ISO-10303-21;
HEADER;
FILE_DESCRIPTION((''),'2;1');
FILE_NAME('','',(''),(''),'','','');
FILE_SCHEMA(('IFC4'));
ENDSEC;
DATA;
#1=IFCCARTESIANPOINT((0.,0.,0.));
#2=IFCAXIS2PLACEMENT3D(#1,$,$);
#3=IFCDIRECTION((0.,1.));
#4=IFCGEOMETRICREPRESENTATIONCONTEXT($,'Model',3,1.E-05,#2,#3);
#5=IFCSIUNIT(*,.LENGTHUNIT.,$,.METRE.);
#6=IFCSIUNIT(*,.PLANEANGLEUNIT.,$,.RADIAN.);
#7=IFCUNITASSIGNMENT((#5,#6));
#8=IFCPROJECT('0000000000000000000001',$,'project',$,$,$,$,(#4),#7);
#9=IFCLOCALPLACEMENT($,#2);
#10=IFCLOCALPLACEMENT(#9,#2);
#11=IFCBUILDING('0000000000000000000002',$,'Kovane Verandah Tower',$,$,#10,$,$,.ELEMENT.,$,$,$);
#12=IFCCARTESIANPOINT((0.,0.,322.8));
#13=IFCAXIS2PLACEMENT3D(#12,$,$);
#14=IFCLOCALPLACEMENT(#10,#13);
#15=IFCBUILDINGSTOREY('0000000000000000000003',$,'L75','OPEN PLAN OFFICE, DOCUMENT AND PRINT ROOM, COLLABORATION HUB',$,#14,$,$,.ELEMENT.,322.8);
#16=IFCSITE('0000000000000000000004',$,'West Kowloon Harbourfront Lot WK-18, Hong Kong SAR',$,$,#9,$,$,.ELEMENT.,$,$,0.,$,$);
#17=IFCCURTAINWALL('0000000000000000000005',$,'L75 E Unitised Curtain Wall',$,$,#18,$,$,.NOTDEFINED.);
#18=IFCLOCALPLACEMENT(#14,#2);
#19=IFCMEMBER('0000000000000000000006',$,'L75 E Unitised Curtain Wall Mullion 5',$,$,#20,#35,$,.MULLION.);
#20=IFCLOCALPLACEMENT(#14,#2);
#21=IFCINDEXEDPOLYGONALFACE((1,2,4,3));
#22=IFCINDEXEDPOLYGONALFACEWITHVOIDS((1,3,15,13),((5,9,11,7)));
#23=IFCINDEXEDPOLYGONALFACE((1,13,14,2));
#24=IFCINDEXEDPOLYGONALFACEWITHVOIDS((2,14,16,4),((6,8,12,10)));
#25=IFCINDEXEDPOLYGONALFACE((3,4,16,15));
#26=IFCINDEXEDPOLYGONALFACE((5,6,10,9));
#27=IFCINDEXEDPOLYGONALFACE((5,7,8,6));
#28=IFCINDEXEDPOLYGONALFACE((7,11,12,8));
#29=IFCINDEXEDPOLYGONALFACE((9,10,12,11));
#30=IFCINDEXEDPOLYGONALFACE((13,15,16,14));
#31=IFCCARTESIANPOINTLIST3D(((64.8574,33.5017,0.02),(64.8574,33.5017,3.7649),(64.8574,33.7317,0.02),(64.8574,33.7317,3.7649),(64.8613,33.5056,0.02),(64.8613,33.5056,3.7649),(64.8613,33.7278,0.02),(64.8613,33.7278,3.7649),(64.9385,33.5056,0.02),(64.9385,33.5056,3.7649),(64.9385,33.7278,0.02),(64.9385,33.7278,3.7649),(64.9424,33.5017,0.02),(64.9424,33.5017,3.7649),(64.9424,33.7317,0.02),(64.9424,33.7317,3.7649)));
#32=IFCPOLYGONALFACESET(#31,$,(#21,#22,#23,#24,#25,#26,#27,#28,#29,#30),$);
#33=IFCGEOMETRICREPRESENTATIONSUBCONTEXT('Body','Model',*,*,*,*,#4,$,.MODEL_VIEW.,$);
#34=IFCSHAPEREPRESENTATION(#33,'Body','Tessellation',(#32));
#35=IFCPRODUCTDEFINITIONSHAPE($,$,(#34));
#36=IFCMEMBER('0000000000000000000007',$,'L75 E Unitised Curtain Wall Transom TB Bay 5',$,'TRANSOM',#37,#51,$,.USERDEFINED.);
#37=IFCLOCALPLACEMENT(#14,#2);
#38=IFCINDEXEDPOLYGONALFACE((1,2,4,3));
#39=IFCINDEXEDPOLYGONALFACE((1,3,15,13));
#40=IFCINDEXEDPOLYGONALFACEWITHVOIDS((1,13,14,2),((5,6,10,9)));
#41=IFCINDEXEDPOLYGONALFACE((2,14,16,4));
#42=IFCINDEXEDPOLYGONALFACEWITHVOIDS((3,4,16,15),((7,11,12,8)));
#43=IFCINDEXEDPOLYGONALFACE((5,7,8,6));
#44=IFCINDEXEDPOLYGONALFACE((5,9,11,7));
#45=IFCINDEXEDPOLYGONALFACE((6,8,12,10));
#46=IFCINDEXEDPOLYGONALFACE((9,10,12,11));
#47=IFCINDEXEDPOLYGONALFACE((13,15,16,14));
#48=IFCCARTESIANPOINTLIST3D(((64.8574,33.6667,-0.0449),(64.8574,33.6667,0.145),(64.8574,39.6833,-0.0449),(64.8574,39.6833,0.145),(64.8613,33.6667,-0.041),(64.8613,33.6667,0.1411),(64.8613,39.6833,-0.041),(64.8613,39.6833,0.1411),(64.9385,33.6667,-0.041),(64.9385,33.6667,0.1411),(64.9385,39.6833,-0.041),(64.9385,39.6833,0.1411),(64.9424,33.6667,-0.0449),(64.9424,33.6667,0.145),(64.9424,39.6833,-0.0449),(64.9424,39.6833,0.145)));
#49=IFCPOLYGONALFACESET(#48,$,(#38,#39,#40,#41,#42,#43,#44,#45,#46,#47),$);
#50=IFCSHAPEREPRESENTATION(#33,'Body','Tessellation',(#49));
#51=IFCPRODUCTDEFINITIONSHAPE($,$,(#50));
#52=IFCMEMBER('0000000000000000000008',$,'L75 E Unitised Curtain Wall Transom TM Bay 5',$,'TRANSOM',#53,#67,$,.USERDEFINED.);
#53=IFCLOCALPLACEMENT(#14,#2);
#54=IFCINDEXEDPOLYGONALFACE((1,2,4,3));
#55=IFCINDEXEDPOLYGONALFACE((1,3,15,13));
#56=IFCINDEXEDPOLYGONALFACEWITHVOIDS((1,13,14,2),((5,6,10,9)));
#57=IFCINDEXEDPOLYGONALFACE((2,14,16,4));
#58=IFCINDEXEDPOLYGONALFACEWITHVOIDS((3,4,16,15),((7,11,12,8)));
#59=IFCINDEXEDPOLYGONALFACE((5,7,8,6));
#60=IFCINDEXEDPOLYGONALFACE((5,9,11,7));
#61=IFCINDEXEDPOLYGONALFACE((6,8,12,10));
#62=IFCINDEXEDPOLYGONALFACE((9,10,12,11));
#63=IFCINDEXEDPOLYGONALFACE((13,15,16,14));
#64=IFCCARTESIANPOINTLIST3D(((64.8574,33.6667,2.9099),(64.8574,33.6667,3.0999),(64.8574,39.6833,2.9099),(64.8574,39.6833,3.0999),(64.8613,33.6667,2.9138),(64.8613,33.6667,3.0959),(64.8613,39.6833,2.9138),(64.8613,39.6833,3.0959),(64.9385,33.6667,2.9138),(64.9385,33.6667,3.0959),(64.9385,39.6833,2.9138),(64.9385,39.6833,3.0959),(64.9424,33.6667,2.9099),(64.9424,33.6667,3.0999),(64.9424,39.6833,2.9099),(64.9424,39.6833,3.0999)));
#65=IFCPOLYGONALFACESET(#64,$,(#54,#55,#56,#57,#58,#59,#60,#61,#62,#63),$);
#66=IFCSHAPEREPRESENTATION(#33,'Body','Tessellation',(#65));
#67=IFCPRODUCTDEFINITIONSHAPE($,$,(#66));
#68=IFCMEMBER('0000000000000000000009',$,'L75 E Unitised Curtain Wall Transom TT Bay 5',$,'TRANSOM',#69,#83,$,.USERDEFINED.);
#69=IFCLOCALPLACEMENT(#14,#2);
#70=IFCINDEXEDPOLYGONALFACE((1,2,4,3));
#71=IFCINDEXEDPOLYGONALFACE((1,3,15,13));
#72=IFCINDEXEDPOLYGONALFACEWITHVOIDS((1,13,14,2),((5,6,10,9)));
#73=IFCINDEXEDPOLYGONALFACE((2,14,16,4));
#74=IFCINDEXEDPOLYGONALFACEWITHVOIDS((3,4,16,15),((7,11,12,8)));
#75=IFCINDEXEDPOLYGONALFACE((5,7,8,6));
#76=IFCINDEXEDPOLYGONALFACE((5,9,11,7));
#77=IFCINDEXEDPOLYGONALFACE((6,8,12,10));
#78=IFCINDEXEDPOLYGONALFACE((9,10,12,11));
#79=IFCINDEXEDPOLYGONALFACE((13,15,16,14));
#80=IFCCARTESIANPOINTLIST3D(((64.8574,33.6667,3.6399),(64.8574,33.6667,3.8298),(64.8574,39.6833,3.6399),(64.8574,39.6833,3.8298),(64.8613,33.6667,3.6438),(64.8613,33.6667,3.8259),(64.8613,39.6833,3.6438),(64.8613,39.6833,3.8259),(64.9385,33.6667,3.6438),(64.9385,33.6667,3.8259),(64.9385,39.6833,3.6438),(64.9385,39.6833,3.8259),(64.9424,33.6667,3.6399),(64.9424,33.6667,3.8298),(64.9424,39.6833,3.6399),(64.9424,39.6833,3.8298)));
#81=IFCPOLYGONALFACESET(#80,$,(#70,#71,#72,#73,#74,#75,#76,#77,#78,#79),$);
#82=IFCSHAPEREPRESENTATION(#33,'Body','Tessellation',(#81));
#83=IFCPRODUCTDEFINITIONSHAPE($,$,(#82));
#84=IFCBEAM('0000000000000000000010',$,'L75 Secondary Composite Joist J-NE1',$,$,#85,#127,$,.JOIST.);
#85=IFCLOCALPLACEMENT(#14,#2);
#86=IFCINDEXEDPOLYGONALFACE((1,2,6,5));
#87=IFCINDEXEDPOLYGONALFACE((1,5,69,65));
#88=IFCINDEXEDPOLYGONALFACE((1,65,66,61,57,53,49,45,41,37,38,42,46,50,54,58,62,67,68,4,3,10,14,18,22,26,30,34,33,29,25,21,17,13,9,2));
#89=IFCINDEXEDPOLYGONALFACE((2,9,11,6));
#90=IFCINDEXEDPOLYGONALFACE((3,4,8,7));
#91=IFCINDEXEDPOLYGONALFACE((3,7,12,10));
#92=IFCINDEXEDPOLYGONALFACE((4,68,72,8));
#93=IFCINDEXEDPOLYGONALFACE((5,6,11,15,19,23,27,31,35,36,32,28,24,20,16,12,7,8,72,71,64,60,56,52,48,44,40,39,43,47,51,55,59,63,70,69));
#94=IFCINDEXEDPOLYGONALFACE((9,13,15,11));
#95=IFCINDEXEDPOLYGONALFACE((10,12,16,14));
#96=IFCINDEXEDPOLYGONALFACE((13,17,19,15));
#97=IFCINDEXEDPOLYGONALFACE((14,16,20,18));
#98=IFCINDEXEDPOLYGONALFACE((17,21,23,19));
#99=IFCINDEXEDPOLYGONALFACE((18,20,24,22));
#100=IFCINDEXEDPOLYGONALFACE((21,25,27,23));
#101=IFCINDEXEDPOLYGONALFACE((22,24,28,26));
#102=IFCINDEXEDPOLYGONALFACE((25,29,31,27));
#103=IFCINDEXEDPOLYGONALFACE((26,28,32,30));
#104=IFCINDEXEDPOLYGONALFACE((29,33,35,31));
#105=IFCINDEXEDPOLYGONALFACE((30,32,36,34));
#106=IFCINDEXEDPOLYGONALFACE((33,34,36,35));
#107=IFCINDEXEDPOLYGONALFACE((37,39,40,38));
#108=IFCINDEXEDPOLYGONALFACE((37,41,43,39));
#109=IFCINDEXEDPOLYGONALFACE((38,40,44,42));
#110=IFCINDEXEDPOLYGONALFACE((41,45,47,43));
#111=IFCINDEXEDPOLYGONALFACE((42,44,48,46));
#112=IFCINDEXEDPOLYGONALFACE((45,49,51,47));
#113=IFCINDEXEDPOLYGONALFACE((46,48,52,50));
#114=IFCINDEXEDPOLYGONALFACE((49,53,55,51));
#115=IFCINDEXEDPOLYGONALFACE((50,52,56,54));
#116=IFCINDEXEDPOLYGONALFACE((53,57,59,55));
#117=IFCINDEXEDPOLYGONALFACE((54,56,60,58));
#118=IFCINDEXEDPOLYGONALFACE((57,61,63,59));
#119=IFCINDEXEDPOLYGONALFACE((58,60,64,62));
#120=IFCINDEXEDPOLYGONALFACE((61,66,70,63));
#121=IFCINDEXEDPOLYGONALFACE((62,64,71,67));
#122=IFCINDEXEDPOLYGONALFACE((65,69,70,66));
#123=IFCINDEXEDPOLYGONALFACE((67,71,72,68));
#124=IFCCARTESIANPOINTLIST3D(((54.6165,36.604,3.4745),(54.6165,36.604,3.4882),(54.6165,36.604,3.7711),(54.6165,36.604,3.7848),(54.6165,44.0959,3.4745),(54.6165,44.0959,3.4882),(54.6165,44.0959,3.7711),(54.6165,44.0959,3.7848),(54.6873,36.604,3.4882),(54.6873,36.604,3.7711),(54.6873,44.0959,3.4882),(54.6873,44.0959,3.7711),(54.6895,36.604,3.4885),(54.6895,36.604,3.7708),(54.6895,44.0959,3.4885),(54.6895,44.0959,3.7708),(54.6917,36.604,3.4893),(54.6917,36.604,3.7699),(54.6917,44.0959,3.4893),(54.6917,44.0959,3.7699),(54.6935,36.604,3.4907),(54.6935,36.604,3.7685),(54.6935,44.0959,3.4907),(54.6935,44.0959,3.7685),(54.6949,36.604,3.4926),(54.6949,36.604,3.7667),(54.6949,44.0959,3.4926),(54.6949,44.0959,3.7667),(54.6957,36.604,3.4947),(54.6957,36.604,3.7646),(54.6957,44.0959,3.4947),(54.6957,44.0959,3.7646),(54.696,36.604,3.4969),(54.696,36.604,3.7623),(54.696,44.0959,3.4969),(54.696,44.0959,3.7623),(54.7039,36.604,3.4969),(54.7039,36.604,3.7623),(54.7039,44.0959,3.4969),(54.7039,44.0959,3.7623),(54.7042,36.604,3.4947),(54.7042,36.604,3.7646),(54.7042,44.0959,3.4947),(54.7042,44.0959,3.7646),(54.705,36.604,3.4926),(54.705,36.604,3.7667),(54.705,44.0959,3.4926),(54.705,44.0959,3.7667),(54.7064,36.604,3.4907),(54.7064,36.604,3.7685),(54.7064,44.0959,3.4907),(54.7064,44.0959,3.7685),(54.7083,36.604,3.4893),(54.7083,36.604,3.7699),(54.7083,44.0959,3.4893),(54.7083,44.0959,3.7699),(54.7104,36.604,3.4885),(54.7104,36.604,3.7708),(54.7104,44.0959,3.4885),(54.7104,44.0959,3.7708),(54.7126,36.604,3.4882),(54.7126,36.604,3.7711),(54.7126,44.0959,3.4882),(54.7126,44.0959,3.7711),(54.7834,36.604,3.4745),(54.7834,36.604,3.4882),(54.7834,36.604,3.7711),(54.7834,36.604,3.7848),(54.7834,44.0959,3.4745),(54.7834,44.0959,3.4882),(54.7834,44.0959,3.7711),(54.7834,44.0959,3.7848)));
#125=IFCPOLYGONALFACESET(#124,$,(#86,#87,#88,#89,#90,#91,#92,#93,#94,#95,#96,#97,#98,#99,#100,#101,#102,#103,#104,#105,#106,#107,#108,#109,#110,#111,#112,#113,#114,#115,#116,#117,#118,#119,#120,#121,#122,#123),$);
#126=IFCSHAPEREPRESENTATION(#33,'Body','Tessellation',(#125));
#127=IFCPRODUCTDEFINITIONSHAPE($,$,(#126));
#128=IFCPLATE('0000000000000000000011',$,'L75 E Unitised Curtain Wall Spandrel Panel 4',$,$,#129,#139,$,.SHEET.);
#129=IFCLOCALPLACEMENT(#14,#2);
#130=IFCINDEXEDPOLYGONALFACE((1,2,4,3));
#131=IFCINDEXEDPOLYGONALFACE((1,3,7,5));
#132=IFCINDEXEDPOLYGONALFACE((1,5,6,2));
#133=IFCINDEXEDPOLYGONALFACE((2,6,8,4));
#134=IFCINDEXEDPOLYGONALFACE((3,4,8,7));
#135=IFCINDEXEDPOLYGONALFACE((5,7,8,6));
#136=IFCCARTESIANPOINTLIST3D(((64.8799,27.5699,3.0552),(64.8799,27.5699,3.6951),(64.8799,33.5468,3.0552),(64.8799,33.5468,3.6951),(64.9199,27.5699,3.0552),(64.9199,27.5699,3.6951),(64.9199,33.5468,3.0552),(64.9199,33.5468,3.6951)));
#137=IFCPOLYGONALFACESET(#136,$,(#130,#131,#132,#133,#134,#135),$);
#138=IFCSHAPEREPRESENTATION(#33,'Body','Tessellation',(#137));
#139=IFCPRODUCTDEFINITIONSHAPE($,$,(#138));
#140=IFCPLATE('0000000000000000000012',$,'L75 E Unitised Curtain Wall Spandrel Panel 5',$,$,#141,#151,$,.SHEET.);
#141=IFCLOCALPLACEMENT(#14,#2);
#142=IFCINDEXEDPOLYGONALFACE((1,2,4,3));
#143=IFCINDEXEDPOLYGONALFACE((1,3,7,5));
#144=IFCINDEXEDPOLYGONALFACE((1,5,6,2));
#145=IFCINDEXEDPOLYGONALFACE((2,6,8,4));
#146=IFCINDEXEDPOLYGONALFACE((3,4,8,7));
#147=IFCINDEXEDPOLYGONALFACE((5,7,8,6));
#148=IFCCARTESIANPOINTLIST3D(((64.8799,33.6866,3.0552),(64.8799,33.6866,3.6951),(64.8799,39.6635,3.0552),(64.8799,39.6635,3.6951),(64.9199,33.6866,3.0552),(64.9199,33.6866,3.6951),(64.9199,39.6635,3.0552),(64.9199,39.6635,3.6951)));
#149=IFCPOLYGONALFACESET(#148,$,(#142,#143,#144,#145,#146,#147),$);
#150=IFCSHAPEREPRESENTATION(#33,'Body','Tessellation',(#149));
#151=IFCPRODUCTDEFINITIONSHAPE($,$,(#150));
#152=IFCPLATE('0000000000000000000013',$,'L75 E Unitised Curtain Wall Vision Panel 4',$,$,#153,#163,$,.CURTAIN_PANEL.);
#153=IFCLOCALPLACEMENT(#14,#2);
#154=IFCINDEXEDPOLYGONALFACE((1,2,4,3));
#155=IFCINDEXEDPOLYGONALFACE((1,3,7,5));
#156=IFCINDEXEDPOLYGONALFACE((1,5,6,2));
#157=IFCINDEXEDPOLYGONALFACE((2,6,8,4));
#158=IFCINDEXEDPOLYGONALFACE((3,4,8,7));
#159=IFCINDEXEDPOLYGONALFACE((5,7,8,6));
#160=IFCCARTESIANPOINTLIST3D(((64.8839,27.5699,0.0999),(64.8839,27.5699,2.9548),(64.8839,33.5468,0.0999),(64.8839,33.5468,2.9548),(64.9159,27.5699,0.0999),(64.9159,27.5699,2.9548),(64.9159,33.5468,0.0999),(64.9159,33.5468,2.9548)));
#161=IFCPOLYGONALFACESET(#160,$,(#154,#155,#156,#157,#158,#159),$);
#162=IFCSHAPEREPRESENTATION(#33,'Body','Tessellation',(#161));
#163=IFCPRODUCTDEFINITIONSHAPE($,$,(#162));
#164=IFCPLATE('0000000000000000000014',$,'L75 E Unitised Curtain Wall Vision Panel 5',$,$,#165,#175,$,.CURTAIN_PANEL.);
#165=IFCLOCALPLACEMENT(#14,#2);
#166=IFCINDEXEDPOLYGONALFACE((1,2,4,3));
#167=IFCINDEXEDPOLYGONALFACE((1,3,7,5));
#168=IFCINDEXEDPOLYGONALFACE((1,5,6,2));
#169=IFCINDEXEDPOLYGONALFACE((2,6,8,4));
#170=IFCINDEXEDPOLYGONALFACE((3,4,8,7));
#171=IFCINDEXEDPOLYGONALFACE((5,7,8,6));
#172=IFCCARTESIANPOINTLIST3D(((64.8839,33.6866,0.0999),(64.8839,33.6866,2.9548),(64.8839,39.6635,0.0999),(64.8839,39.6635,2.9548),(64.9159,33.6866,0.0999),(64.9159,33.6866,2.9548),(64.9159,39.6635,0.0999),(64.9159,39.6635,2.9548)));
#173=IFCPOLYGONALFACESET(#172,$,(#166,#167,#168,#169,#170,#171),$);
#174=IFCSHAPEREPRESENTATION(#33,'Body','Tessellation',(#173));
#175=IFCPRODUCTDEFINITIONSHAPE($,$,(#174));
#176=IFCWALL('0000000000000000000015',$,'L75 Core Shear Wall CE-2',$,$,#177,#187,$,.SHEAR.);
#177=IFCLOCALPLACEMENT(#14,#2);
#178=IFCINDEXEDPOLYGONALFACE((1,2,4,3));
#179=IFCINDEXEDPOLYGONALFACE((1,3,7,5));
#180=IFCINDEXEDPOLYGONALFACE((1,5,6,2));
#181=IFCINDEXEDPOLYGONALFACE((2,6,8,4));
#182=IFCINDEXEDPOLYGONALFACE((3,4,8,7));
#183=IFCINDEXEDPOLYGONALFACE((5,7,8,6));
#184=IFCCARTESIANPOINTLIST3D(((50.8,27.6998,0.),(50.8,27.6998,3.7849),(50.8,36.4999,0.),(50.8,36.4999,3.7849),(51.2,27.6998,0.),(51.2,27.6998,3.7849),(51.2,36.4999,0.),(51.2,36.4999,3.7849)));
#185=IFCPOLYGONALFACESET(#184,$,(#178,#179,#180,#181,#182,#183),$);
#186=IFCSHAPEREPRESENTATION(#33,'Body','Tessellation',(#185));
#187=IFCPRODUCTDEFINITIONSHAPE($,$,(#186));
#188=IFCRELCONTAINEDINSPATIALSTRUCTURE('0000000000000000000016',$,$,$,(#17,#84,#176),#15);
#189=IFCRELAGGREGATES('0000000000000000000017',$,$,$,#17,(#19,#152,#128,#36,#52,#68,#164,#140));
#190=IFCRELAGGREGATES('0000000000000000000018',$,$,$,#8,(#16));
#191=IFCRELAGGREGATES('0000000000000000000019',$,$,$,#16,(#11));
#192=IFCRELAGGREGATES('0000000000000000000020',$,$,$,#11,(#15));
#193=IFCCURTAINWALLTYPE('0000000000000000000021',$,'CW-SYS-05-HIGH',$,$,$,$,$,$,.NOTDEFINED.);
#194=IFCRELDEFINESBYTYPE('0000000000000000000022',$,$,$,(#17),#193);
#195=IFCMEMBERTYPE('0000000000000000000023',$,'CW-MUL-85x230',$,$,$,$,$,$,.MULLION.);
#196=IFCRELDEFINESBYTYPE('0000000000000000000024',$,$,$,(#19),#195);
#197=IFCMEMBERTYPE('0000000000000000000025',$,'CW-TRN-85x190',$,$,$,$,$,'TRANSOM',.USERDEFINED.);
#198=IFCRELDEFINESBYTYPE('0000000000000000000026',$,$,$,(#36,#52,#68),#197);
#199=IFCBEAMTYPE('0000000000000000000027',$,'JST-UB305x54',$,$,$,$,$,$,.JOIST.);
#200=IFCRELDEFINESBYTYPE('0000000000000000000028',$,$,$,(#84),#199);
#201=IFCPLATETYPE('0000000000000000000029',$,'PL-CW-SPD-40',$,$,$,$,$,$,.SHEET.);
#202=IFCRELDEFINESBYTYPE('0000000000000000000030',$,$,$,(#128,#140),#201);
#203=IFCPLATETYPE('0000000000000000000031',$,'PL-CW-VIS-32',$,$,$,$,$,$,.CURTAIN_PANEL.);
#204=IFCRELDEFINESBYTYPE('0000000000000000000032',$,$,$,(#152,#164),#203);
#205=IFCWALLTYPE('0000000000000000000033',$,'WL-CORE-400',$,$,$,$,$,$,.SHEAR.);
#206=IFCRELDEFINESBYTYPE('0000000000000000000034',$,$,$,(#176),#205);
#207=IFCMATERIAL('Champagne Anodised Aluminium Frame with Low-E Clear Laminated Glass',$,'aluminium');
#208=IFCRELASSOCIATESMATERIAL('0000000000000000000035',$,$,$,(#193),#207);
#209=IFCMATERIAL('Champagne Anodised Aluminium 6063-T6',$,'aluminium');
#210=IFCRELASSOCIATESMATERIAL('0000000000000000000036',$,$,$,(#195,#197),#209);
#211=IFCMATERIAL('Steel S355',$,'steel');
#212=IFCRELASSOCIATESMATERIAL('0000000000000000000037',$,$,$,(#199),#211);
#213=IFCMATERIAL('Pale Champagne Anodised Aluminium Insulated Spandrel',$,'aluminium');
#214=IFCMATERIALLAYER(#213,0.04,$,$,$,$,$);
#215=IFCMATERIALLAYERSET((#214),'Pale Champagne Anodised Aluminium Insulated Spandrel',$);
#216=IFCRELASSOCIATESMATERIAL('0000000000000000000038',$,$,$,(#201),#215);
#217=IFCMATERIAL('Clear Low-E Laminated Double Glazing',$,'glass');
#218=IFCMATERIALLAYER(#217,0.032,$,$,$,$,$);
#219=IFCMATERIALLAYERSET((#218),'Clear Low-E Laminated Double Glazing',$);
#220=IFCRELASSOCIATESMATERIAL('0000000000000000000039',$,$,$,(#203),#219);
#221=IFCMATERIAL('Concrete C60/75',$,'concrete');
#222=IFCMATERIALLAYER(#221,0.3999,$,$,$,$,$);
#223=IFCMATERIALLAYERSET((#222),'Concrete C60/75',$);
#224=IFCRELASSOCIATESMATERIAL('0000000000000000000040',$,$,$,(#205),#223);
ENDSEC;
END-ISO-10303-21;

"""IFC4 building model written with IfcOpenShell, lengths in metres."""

from ifc_helpers import new_model, si_unit, direction, frame, frame_2d, origin, origin_2d, place, context, subcontext, project, spatial, rectangle, hollow_rectangle, i_section, extrude, material, layer, layer_set, material_profile, profile_set, type_object, element, aggregate, save


model = new_model("IFC4")

# Units and contexts
model_context = context("Model", 3, precision=1e-05, world=origin(), true_north=direction((0.0, 1.0)))
body_context = subcontext(model_context, "Body", "Model", "MODEL_VIEW")
ifc_project = project(units=[si_unit("LENGTHUNIT", "METRE"), si_unit("PLANEANGLEUNIT", "RADIAN")], contexts=[model_context])

# Site, building, storey
site_placement = place(None, origin())
site = spatial("IfcSite", under=ifc_project, at=site_placement, Name="West Kowloon Harbourfront Lot WK-18, Hong Kong SAR", CompositionType="ELEMENT", RefElevation=0.0)
building_placement = place(site_placement, origin())
building = spatial("IfcBuilding", under=site, at=building_placement, Name="Kovane Verandah Tower", CompositionType="ELEMENT")
storey_placement = place(building_placement, frame((0.0, 0.0, 322.8)))
storey = spatial("IfcBuildingStorey", under=building, at=storey_placement, Name="L75", Description="OPEN PLAN OFFICE, DOCUMENT AND PRINT ROOM, COLLABORATION HUB", CompositionType="ELEMENT", Elevation=322.8)

# Shared definitions
ifc_material_1 = material(Name="Concrete C60/75", Category="concrete")

# Shared definitions
ifc_material_2 = material(Name="Steel S355", Category="steel")

# Curtain wall, members
ifc_material_3 = material(Name="Champagne Anodised Aluminium Frame with Low-E Clear Laminated Glass", Category="aluminium")
curtain_wall_type = type_object("IfcCurtainWallType", Name="CW-SYS-05-HIGH", PredefinedType="NOTDEFINED", material=ifc_material_3)
curtain_wall_placement = place(storey_placement, origin())
curtain_wall = element("IfcCurtainWall", 1, at=curtain_wall_placement, inside=storey, type_object=curtain_wall_type, Name="L75 E Unitised Curtain Wall", PredefinedType="NOTDEFINED")
ifc_material_4 = material(Name="Champagne Anodised Aluminium 6063-T6", Category="aluminium")
ifc_material_profile_1 = material_profile(ifc_material_4, hollow_rectangle(XDim=0.085, YDim=0.23, WallThickness=0.0039, at=origin_2d()), Name="AL85x230x4")
ifc_profile_set_1 = profile_set([ifc_material_profile_1], Name="Champagne Anodised Aluminium 6063-T6")
member_type_1 = type_object("IfcMemberType", Name="CW-MUL-85x230", PredefinedType="MULLION", material=ifc_profile_set_1)
member_1_placement = place(storey_placement, frame((64.8999, 33.6167, 0.02), z_axis=(0.0, 0.0, 1.0), x_axis=(1.0, 0.0, 0.0)))
member_1 = element("IfcMember", 2, at=member_1_placement, type_object=member_type_1, Name="L75 E Unitised Curtain Wall Mullion 5", PredefinedType="MULLION", context=body_context, shape_type="SweptSolid", body=[
    extrude(hollow_rectangle(XDim=0.085, YDim=0.23, WallThickness=0.0039, at=origin_2d()), origin(), (0.0, 0.0, 1.0), 3.7449),
])
ifc_material_profile_2 = material_profile(ifc_material_4, hollow_rectangle(XDim=0.085, YDim=0.1899, WallThickness=0.0039, at=origin_2d()), Name="AL85x190x4")
ifc_profile_set_2 = profile_set([ifc_material_profile_2], Name="Champagne Anodised Aluminium 6063-T6")
member_type_2 = type_object("IfcMemberType", Name="CW-TRN-85x190", ElementType="TRANSOM", PredefinedType="USERDEFINED", material=ifc_profile_set_2)
member_2_placement = place(storey_placement, frame((64.8999, 33.6667, 0.05), z_axis=(0.0, 1.0, 0.0), x_axis=(-1.0, 0.0, 0.0)))
member_2 = element("IfcMember", 3, at=member_2_placement, type_object=member_type_2, Name="L75 E Unitised Curtain Wall Transom TB Bay 5", ObjectType="TRANSOM", PredefinedType="USERDEFINED", context=body_context, shape_type="SweptSolid", body=[
    extrude(hollow_rectangle(XDim=0.085, YDim=0.1899, WallThickness=0.0039, at=origin_2d()), origin(), (0.0, 0.0, 1.0), 6.0166),
])
member_3_placement = place(storey_placement, frame((64.8999, 33.6667, 3.0049), z_axis=(0.0, 1.0, 0.0), x_axis=(-1.0, 0.0, 0.0)))
member_3 = element("IfcMember", 4, at=member_3_placement, type_object=member_type_2, Name="L75 E Unitised Curtain Wall Transom TM Bay 5", ObjectType="TRANSOM", PredefinedType="USERDEFINED", context=body_context, shape_type="SweptSolid", body=[
    extrude(hollow_rectangle(XDim=0.085, YDim=0.1899, WallThickness=0.0039, at=origin_2d()), origin(), (0.0, 0.0, 1.0), 6.0166),
])
member_4_placement = place(storey_placement, frame((64.8999, 33.6667, 3.7349), z_axis=(0.0, 1.0, 0.0), x_axis=(-1.0, 0.0, 0.0)))
member_4 = element("IfcMember", 5, at=member_4_placement, type_object=member_type_2, Name="L75 E Unitised Curtain Wall Transom TT Bay 5", ObjectType="TRANSOM", PredefinedType="USERDEFINED", context=body_context, shape_type="SweptSolid", body=[
    extrude(hollow_rectangle(XDim=0.085, YDim=0.1899, WallThickness=0.0039, at=origin_2d()), origin(), (0.0, 0.0, 1.0), 6.0166),
])

# Beam
ifc_material_profile_3 = material_profile(ifc_material_2, i_section(OverallWidth=0.167, OverallDepth=0.3103, WebThickness=0.0078, FlangeThickness=0.0137, FilletRadius=0.0088, at=origin_2d()), Name="UB305x165x54")
ifc_profile_set_3 = profile_set([ifc_material_profile_3], Name="Steel S355")
beam_type_1 = type_object("IfcBeamType", Name="JST-UB305x54", PredefinedType="JOIST", material=ifc_profile_set_3)
beam_1_placement = place(storey_placement, frame((54.7, 36.604, 3.6296), z_axis=(0.0, 1.0, 0.0), x_axis=(-1.0, 0.0, 0.0)))
element("IfcBeam", 6, at=beam_1_placement, inside=storey, type_object=beam_type_1, Name="L75 Secondary Composite Joist J-NE1", PredefinedType="JOIST", context=body_context, shape_type="SweptSolid", body=[
    extrude(i_section(OverallWidth=0.167, OverallDepth=0.3103, WebThickness=0.0078, FlangeThickness=0.0137, FilletRadius=0.0088, at=origin_2d()), origin(), (0.0, 0.0, 1.0), 7.4919),
])

# Plates
ifc_material_5 = material(Name="Pale Champagne Anodised Aluminium Insulated Spandrel", Category="aluminium")
ifc_layer_1 = layer(ifc_material_5, 0.04)
ifc_layer_set_1 = layer_set([ifc_layer_1], Name="Pale Champagne Anodised Aluminium Insulated Spandrel")
plate_type_1 = type_object("IfcPlateType", Name="PL-CW-SPD-40", PredefinedType="SHEET", material=ifc_layer_set_1)
plate_1_placement = place(storey_placement, frame((64.8999, 30.5583, 3.0552), z_axis=(0.0, 0.0, 1.0), x_axis=(0.0, 1.0, 0.0)))
plate_1 = element("IfcPlate", 7, at=plate_1_placement, type_object=plate_type_1, Name="L75 E Unitised Curtain Wall Spandrel Panel 4", PredefinedType="SHEET", context=body_context, shape_type="SweptSolid", body=[
    extrude(rectangle(XDim=5.9768, YDim=0.04, at=origin_2d()), origin(), (0.0, 0.0, 1.0), 0.6399),
])
plate_2_placement = place(storey_placement, frame((64.8999, 36.675, 3.0552), z_axis=(0.0, 0.0, 1.0), x_axis=(0.0, 1.0, 0.0)))
plate_2 = element("IfcPlate", 8, at=plate_2_placement, type_object=plate_type_1, Name="L75 E Unitised Curtain Wall Spandrel Panel 5", PredefinedType="SHEET", context=body_context, shape_type="SweptSolid", body=[
    extrude(rectangle(XDim=5.9768, YDim=0.04, at=origin_2d()), origin(), (0.0, 0.0, 1.0), 0.6399),
])
ifc_material_6 = material(Name="Clear Low-E Laminated Double Glazing", Category="glass")
ifc_layer_2 = layer(ifc_material_6, 0.032)
ifc_layer_set_2 = layer_set([ifc_layer_2], Name="Clear Low-E Laminated Double Glazing")
plate_type_2 = type_object("IfcPlateType", Name="PL-CW-VIS-32", PredefinedType="CURTAIN_PANEL", material=ifc_layer_set_2)
plate_3_placement = place(storey_placement, frame((64.8999, 30.5583, 0.0999), z_axis=(0.0, 0.0, 1.0), x_axis=(0.0, 1.0, 0.0)))
plate_3 = element("IfcPlate", 9, at=plate_3_placement, type_object=plate_type_2, Name="L75 E Unitised Curtain Wall Vision Panel 4", PredefinedType="CURTAIN_PANEL", context=body_context, shape_type="SweptSolid", body=[
    extrude(rectangle(XDim=5.9768, YDim=0.032, at=origin_2d()), origin(), (0.0, 0.0, 1.0), 2.855),
])
plate_4_placement = place(storey_placement, frame((64.8999, 36.675, 0.0999), z_axis=(0.0, 0.0, 1.0), x_axis=(0.0, 1.0, 0.0)))
plate_4 = element("IfcPlate", 10, at=plate_4_placement, type_object=plate_type_2, Name="L75 E Unitised Curtain Wall Vision Panel 5", PredefinedType="CURTAIN_PANEL", context=body_context, shape_type="SweptSolid", body=[
    extrude(rectangle(XDim=5.9768, YDim=0.032, at=origin_2d()), origin(), (0.0, 0.0, 1.0), 2.855),
])
aggregate(curtain_wall, [member_1, plate_3, plate_1, member_2, member_3, member_4, plate_4, plate_2])

# Wall
ifc_layer_3 = layer(ifc_material_1, 0.3999)
ifc_layer_set_3 = layer_set([ifc_layer_3], Name="Concrete C60/75")
wall_type_1 = type_object("IfcWallType", Name="WL-CORE-400", PredefinedType="SHEAR", material=ifc_layer_set_3)
wall_1_placement = place(storey_placement, frame((51.0, 27.7, 0.0), z_axis=(0.0, 0.0, 1.0), x_axis=(0.0, 1.0, 0.0)))
element("IfcWall", 11, at=wall_1_placement, inside=storey, type_object=wall_type_1, Name="L75 Core Shear Wall CE-2", PredefinedType="SHEAR", context=body_context, shape_type="SweptSolid", body=[
    extrude(rectangle(XDim=8.8, YDim=0.3999, at=frame_2d((4.3999, 0.0))), origin(), (0.0, 0.0, 1.0), 3.7849),
])

save(model, "model.ifc")
